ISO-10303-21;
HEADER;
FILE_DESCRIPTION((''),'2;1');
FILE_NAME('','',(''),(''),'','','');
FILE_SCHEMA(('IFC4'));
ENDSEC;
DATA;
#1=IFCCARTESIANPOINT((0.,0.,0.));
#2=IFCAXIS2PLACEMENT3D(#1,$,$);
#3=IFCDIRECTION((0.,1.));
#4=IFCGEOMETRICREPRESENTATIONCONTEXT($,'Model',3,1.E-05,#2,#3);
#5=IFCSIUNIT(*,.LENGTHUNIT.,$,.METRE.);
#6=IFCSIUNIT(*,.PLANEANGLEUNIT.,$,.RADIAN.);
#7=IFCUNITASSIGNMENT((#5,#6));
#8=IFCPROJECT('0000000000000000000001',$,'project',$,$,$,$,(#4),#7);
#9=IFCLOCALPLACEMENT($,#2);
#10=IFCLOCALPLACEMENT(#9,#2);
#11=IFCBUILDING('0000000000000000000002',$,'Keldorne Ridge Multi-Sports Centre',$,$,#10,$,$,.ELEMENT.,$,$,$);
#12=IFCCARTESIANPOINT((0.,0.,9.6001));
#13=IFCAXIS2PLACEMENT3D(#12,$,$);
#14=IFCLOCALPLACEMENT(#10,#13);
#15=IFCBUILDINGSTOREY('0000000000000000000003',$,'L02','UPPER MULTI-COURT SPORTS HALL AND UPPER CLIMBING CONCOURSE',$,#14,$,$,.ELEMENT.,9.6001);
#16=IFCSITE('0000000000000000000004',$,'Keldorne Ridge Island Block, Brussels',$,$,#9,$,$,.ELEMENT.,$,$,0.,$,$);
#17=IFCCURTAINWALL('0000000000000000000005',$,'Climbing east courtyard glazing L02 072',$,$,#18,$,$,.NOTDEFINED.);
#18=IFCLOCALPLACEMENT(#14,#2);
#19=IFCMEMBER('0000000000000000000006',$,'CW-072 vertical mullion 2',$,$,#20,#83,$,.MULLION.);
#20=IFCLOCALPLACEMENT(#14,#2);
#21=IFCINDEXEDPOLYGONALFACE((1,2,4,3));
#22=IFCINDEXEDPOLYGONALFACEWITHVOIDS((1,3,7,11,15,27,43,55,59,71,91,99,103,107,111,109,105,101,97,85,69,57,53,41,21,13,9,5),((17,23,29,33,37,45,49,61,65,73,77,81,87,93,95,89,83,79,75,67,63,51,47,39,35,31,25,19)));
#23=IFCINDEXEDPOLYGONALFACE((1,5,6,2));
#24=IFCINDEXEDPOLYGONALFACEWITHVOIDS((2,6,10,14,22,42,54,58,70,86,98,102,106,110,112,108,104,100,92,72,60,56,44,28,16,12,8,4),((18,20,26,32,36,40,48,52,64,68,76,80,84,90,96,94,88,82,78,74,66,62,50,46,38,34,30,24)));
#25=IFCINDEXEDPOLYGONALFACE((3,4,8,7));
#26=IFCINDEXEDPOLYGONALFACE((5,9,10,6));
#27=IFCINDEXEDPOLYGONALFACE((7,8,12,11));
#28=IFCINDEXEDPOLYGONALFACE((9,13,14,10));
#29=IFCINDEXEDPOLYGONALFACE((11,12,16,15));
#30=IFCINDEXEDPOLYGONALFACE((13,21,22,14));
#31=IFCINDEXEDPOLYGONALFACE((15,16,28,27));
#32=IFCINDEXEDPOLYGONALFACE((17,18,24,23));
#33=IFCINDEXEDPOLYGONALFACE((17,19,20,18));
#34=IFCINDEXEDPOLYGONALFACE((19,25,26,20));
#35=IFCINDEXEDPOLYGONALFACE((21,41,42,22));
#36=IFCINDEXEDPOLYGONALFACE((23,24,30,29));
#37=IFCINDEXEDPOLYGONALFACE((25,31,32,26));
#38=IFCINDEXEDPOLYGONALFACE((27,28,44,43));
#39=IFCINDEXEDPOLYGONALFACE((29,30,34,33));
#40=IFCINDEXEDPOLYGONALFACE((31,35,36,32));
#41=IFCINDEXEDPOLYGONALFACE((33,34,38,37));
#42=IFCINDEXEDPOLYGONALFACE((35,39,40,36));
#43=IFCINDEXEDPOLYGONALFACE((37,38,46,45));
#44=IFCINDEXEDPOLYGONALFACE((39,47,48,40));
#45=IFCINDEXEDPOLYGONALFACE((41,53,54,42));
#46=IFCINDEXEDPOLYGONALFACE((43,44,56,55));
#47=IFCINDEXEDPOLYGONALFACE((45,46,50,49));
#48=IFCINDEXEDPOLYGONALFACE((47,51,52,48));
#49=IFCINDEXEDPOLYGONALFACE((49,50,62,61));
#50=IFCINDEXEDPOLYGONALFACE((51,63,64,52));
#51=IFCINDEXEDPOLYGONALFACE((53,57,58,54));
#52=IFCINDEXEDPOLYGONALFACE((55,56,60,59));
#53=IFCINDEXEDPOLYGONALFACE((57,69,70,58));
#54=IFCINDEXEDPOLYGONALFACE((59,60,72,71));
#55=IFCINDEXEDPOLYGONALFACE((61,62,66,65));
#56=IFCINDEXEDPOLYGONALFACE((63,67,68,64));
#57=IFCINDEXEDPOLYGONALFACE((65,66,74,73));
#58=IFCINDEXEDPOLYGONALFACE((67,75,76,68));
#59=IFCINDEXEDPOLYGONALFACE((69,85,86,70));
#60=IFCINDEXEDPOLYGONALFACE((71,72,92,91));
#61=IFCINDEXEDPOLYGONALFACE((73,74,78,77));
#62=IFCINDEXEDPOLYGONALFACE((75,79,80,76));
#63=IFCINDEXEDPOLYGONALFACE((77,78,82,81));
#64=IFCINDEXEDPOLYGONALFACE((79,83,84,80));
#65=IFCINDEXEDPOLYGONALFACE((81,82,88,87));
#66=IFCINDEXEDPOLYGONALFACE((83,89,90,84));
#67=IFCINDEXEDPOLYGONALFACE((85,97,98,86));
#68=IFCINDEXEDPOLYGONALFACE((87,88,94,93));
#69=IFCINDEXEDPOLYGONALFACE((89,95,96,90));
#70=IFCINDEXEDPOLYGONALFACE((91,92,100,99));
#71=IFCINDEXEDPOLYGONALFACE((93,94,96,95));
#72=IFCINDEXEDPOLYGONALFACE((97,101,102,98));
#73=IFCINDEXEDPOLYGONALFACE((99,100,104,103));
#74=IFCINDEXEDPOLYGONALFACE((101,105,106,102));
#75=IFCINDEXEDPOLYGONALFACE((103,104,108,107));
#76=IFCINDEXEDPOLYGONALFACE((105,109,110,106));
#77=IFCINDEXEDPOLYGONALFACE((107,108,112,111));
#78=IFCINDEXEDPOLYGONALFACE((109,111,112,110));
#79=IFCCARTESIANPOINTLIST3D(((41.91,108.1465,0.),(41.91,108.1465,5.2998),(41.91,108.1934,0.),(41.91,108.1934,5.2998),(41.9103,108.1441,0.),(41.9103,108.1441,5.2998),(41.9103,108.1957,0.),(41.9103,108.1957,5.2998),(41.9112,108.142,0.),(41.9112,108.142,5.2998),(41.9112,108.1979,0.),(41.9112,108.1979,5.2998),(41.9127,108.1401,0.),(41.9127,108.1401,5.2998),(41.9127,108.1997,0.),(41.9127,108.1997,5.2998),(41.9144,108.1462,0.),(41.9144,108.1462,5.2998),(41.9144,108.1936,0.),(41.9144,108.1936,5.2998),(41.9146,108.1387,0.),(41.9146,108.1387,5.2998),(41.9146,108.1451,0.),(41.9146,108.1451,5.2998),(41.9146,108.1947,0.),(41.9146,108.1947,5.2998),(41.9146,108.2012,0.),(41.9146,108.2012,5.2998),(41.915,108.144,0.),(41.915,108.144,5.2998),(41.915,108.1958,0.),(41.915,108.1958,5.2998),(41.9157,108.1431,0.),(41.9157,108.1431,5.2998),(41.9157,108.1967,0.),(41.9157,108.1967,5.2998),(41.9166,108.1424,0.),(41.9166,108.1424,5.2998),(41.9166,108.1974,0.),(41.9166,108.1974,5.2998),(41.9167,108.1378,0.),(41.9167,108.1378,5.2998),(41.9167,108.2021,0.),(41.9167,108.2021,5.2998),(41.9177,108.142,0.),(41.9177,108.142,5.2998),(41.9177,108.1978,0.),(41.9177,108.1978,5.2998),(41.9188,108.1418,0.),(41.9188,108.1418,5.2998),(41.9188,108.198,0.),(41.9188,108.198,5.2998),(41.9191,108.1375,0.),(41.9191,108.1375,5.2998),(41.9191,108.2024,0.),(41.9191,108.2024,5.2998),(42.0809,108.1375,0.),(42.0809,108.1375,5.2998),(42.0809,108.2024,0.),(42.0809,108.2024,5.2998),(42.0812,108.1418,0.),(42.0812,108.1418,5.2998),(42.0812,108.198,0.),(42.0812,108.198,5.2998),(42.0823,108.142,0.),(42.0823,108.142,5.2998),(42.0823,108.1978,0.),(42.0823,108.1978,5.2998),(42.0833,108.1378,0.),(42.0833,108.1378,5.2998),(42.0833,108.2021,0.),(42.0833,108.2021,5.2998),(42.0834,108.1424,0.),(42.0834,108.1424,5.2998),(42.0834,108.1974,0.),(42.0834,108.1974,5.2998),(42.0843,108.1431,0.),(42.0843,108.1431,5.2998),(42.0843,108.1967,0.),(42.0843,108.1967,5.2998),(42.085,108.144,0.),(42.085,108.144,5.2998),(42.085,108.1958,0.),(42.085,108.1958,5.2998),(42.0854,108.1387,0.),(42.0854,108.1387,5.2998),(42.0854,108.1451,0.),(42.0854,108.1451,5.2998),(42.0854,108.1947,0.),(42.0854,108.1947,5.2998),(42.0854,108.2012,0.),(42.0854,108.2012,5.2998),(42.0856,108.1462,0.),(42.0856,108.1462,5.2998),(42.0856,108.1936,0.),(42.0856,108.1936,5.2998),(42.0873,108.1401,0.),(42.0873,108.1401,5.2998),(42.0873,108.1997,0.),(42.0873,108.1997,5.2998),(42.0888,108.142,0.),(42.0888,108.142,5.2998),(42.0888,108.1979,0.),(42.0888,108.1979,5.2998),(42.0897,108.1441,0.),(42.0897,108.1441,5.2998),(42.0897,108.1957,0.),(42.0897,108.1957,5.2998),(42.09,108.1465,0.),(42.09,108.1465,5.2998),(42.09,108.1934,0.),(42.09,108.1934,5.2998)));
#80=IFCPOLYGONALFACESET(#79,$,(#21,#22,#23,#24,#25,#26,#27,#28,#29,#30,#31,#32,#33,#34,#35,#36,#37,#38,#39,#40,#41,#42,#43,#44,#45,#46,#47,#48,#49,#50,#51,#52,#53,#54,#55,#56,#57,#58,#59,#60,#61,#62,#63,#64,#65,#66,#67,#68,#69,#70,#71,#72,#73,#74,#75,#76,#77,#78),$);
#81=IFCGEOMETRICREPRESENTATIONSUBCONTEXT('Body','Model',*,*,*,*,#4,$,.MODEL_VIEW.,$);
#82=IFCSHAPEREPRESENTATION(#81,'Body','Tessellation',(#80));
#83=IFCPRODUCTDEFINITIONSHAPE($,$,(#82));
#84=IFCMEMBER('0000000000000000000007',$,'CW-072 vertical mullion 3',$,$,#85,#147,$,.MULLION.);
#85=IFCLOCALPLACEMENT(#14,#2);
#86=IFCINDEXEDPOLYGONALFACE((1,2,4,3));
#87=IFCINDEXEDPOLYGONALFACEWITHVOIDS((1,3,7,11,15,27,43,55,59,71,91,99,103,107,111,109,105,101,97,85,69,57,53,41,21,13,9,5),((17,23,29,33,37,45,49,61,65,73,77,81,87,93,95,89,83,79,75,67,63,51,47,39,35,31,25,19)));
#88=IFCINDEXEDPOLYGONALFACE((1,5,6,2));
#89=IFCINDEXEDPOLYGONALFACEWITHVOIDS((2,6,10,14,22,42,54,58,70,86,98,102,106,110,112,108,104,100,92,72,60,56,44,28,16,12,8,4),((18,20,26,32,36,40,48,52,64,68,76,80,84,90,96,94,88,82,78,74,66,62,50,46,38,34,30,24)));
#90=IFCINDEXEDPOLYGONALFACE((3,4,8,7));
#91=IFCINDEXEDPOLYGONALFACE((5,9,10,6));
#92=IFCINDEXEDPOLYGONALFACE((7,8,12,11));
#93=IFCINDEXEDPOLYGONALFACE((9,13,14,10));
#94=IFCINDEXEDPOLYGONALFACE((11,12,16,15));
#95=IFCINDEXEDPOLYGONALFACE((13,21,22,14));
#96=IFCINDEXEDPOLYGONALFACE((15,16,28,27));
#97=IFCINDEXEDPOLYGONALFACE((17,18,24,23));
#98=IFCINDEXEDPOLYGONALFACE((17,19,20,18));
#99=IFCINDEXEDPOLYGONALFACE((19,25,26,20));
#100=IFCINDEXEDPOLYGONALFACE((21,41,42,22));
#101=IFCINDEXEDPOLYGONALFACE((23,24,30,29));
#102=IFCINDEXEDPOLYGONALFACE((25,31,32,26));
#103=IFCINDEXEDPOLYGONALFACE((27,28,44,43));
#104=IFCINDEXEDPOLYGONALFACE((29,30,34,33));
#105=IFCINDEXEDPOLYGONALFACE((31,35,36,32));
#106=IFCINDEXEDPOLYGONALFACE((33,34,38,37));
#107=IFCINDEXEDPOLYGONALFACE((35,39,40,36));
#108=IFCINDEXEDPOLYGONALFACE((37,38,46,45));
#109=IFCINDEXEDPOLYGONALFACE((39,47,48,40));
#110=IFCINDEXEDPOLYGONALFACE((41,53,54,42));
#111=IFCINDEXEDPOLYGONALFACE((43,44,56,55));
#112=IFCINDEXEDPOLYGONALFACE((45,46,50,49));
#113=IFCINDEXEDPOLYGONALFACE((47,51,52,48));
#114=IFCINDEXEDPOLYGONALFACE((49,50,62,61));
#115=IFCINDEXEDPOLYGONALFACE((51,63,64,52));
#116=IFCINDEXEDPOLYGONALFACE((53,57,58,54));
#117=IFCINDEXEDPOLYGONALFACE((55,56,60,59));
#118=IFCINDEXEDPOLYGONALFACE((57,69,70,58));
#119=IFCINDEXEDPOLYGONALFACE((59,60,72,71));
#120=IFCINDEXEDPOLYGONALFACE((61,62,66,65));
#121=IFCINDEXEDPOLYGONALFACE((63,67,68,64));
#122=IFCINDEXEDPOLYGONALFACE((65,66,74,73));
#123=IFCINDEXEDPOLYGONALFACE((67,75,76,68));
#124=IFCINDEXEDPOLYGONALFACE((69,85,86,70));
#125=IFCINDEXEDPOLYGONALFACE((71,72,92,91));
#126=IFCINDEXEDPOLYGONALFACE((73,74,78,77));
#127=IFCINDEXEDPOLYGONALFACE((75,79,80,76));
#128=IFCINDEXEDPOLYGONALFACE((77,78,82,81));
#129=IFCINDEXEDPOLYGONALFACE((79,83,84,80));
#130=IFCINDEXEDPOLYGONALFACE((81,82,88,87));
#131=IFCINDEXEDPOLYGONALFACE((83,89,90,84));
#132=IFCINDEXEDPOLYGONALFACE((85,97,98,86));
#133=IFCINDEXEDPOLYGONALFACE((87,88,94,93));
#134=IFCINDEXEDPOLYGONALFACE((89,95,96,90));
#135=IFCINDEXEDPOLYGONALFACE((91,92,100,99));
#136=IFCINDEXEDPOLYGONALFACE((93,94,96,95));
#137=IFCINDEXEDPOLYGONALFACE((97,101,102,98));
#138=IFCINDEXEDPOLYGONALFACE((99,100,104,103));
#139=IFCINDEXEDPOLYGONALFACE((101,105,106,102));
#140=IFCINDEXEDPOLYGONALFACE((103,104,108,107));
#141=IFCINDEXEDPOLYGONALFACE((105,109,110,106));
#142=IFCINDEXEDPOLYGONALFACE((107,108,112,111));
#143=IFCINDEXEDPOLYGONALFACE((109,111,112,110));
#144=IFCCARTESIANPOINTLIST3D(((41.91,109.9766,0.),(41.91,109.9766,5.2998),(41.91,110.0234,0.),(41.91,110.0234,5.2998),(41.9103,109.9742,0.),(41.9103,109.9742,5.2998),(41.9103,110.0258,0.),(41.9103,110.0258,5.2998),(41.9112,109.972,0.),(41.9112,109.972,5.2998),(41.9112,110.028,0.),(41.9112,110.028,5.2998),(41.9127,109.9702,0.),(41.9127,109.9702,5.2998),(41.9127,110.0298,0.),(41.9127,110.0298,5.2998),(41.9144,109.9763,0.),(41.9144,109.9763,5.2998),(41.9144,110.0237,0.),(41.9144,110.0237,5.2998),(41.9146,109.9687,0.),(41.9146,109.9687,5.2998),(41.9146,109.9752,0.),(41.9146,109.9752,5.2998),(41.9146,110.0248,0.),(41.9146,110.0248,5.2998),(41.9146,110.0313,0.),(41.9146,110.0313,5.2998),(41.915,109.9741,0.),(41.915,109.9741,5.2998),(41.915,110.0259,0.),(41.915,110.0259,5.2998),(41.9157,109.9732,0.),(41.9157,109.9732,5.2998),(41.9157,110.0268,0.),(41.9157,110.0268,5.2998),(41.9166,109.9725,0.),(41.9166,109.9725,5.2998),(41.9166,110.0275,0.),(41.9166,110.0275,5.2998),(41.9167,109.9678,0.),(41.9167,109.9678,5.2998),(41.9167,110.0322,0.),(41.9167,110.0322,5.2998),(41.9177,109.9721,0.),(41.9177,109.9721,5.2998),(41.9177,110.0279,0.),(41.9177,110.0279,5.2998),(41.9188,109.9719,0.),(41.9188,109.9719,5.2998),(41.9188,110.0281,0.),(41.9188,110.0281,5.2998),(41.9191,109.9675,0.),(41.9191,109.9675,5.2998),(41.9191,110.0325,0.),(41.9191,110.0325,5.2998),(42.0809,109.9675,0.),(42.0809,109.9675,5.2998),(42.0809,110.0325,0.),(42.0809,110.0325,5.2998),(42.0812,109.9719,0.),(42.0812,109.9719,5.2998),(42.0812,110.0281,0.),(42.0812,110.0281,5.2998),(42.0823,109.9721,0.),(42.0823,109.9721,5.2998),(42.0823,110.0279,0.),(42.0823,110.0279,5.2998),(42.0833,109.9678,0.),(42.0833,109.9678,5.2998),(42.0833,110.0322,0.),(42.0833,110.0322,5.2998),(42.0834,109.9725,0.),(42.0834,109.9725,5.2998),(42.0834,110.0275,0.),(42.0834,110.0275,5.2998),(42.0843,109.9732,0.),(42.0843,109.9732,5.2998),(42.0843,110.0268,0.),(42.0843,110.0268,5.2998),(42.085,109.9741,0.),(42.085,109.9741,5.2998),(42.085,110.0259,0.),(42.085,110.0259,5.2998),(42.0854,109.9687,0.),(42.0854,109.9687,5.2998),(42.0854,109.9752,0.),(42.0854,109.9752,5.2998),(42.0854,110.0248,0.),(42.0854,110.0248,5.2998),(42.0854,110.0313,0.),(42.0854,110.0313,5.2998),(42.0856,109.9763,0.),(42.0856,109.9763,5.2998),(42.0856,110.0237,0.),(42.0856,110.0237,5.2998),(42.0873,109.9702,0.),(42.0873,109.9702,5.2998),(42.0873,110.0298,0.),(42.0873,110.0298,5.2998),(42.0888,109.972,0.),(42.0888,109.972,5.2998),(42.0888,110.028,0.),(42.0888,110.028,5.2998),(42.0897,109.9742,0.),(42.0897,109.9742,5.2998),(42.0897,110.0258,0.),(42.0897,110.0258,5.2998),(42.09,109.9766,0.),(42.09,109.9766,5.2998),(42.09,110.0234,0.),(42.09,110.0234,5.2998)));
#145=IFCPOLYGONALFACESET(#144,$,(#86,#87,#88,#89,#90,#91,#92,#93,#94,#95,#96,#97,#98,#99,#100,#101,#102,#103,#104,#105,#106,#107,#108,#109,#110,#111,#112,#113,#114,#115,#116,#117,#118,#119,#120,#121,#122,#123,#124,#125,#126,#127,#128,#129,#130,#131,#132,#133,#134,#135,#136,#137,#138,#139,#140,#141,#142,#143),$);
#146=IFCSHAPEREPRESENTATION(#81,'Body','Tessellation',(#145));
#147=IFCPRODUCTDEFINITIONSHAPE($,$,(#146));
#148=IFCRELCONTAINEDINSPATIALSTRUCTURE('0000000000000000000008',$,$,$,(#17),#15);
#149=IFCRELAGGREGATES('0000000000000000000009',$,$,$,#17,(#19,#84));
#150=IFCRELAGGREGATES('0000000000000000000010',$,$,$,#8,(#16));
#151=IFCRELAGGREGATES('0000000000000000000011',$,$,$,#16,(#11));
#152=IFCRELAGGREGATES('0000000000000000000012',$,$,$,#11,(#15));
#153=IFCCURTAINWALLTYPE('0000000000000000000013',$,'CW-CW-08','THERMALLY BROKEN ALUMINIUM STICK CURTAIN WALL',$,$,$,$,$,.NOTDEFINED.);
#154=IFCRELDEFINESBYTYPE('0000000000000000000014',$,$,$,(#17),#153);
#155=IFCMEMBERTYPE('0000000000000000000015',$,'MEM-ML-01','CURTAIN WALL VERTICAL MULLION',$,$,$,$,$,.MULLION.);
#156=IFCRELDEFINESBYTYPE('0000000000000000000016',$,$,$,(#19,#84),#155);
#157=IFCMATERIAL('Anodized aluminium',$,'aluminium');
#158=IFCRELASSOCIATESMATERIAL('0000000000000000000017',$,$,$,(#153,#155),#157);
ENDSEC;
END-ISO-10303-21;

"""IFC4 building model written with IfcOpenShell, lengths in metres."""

from ifc_helpers import new_model, si_unit, direction, frame, origin, origin_2d, place, context, subcontext, project, spatial, hollow_rectangle, extrude, material, material_profile, profile_set, type_object, element, aggregate, save


model = new_model("IFC4")

# Units and contexts
model_context = context("Model", 3, precision=1e-05, world=origin(), true_north=direction((0.0, 1.0)))
body_context = subcontext(model_context, "Body", "Model", "MODEL_VIEW")
ifc_project = project(units=[si_unit("LENGTHUNIT", "METRE"), si_unit("PLANEANGLEUNIT", "RADIAN")], contexts=[model_context])

# Site, building, storey
site_placement = place(None, origin())
site = spatial("IfcSite", under=ifc_project, at=site_placement, Name="Keldorne Ridge Island Block, Brussels", CompositionType="ELEMENT", RefElevation=0.0)
building_placement = place(site_placement, origin())
building = spatial("IfcBuilding", under=site, at=building_placement, Name="Keldorne Ridge Multi-Sports Centre", CompositionType="ELEMENT")
storey_placement = place(building_placement, frame((0.0, 0.0, 9.6001)))
storey = spatial("IfcBuildingStorey", under=building, at=storey_placement, Name="L02", Description="UPPER MULTI-COURT SPORTS HALL AND UPPER CLIMBING CONCOURSE", CompositionType="ELEMENT", Elevation=9.6001)

# Curtain wall, members
ifc_material_1 = material(Name="Anodized aluminium", Category="aluminium")
curtain_wall_type = type_object("IfcCurtainWallType", Name="CW-CW-08", Description="THERMALLY BROKEN ALUMINIUM STICK CURTAIN WALL", PredefinedType="NOTDEFINED", material=ifc_material_1)
curtain_wall_placement = place(storey_placement, origin())
curtain_wall = element("IfcCurtainWall", 1, at=curtain_wall_placement, inside=storey, type_object=curtain_wall_type, Name="Climbing east courtyard glazing L02 072", PredefinedType="NOTDEFINED")
ifc_material_profile_1 = material_profile(ifc_material_1, hollow_rectangle(XDim=0.0649, YDim=0.1799, WallThickness=0.0044, InnerFilletRadius=0.0044, OuterFilletRadius=0.009, at=origin_2d()), Name="ALU MULLION 180x65x4.5")
ifc_profile_set_1 = profile_set([ifc_material_profile_1], Name="Anodized aluminium")
member_type_1 = type_object("IfcMemberType", Name="MEM-ML-01", Description="CURTAIN WALL VERTICAL MULLION", PredefinedType="MULLION", material=ifc_profile_set_1)
member_1_placement = place(storey_placement, frame((42.0, 108.1699, 0.0), z_axis=(0.0, 0.0, 1.0), x_axis=(0.0, 1.0, 0.0)))
member_1 = element("IfcMember", 2, at=member_1_placement, type_object=member_type_1, Name="CW-072 vertical mullion 2", PredefinedType="MULLION", context=body_context, shape_type="SweptSolid", body=[
    extrude(hollow_rectangle(XDim=0.0649, YDim=0.1799, WallThickness=0.0044, InnerFilletRadius=0.0044, OuterFilletRadius=0.009, at=origin_2d()), origin(), (0.0, 0.0, 1.0), 5.2998),
])
member_2_placement = place(storey_placement, frame((42.0, 110.0, 0.0), z_axis=(0.0, 0.0, 1.0), x_axis=(0.0, 1.0, 0.0)))
member_2 = element("IfcMember", 3, at=member_2_placement, type_object=member_type_1, Name="CW-072 vertical mullion 3", PredefinedType="MULLION", context=body_context, shape_type="SweptSolid", body=[
    extrude(hollow_rectangle(XDim=0.0649, YDim=0.1799, WallThickness=0.0044, InnerFilletRadius=0.0044, OuterFilletRadius=0.009, at=origin_2d()), origin(), (0.0, 0.0, 1.0), 5.2998),
])
aggregate(curtain_wall, [member_1, member_2])

save(model, "model.ifc")
